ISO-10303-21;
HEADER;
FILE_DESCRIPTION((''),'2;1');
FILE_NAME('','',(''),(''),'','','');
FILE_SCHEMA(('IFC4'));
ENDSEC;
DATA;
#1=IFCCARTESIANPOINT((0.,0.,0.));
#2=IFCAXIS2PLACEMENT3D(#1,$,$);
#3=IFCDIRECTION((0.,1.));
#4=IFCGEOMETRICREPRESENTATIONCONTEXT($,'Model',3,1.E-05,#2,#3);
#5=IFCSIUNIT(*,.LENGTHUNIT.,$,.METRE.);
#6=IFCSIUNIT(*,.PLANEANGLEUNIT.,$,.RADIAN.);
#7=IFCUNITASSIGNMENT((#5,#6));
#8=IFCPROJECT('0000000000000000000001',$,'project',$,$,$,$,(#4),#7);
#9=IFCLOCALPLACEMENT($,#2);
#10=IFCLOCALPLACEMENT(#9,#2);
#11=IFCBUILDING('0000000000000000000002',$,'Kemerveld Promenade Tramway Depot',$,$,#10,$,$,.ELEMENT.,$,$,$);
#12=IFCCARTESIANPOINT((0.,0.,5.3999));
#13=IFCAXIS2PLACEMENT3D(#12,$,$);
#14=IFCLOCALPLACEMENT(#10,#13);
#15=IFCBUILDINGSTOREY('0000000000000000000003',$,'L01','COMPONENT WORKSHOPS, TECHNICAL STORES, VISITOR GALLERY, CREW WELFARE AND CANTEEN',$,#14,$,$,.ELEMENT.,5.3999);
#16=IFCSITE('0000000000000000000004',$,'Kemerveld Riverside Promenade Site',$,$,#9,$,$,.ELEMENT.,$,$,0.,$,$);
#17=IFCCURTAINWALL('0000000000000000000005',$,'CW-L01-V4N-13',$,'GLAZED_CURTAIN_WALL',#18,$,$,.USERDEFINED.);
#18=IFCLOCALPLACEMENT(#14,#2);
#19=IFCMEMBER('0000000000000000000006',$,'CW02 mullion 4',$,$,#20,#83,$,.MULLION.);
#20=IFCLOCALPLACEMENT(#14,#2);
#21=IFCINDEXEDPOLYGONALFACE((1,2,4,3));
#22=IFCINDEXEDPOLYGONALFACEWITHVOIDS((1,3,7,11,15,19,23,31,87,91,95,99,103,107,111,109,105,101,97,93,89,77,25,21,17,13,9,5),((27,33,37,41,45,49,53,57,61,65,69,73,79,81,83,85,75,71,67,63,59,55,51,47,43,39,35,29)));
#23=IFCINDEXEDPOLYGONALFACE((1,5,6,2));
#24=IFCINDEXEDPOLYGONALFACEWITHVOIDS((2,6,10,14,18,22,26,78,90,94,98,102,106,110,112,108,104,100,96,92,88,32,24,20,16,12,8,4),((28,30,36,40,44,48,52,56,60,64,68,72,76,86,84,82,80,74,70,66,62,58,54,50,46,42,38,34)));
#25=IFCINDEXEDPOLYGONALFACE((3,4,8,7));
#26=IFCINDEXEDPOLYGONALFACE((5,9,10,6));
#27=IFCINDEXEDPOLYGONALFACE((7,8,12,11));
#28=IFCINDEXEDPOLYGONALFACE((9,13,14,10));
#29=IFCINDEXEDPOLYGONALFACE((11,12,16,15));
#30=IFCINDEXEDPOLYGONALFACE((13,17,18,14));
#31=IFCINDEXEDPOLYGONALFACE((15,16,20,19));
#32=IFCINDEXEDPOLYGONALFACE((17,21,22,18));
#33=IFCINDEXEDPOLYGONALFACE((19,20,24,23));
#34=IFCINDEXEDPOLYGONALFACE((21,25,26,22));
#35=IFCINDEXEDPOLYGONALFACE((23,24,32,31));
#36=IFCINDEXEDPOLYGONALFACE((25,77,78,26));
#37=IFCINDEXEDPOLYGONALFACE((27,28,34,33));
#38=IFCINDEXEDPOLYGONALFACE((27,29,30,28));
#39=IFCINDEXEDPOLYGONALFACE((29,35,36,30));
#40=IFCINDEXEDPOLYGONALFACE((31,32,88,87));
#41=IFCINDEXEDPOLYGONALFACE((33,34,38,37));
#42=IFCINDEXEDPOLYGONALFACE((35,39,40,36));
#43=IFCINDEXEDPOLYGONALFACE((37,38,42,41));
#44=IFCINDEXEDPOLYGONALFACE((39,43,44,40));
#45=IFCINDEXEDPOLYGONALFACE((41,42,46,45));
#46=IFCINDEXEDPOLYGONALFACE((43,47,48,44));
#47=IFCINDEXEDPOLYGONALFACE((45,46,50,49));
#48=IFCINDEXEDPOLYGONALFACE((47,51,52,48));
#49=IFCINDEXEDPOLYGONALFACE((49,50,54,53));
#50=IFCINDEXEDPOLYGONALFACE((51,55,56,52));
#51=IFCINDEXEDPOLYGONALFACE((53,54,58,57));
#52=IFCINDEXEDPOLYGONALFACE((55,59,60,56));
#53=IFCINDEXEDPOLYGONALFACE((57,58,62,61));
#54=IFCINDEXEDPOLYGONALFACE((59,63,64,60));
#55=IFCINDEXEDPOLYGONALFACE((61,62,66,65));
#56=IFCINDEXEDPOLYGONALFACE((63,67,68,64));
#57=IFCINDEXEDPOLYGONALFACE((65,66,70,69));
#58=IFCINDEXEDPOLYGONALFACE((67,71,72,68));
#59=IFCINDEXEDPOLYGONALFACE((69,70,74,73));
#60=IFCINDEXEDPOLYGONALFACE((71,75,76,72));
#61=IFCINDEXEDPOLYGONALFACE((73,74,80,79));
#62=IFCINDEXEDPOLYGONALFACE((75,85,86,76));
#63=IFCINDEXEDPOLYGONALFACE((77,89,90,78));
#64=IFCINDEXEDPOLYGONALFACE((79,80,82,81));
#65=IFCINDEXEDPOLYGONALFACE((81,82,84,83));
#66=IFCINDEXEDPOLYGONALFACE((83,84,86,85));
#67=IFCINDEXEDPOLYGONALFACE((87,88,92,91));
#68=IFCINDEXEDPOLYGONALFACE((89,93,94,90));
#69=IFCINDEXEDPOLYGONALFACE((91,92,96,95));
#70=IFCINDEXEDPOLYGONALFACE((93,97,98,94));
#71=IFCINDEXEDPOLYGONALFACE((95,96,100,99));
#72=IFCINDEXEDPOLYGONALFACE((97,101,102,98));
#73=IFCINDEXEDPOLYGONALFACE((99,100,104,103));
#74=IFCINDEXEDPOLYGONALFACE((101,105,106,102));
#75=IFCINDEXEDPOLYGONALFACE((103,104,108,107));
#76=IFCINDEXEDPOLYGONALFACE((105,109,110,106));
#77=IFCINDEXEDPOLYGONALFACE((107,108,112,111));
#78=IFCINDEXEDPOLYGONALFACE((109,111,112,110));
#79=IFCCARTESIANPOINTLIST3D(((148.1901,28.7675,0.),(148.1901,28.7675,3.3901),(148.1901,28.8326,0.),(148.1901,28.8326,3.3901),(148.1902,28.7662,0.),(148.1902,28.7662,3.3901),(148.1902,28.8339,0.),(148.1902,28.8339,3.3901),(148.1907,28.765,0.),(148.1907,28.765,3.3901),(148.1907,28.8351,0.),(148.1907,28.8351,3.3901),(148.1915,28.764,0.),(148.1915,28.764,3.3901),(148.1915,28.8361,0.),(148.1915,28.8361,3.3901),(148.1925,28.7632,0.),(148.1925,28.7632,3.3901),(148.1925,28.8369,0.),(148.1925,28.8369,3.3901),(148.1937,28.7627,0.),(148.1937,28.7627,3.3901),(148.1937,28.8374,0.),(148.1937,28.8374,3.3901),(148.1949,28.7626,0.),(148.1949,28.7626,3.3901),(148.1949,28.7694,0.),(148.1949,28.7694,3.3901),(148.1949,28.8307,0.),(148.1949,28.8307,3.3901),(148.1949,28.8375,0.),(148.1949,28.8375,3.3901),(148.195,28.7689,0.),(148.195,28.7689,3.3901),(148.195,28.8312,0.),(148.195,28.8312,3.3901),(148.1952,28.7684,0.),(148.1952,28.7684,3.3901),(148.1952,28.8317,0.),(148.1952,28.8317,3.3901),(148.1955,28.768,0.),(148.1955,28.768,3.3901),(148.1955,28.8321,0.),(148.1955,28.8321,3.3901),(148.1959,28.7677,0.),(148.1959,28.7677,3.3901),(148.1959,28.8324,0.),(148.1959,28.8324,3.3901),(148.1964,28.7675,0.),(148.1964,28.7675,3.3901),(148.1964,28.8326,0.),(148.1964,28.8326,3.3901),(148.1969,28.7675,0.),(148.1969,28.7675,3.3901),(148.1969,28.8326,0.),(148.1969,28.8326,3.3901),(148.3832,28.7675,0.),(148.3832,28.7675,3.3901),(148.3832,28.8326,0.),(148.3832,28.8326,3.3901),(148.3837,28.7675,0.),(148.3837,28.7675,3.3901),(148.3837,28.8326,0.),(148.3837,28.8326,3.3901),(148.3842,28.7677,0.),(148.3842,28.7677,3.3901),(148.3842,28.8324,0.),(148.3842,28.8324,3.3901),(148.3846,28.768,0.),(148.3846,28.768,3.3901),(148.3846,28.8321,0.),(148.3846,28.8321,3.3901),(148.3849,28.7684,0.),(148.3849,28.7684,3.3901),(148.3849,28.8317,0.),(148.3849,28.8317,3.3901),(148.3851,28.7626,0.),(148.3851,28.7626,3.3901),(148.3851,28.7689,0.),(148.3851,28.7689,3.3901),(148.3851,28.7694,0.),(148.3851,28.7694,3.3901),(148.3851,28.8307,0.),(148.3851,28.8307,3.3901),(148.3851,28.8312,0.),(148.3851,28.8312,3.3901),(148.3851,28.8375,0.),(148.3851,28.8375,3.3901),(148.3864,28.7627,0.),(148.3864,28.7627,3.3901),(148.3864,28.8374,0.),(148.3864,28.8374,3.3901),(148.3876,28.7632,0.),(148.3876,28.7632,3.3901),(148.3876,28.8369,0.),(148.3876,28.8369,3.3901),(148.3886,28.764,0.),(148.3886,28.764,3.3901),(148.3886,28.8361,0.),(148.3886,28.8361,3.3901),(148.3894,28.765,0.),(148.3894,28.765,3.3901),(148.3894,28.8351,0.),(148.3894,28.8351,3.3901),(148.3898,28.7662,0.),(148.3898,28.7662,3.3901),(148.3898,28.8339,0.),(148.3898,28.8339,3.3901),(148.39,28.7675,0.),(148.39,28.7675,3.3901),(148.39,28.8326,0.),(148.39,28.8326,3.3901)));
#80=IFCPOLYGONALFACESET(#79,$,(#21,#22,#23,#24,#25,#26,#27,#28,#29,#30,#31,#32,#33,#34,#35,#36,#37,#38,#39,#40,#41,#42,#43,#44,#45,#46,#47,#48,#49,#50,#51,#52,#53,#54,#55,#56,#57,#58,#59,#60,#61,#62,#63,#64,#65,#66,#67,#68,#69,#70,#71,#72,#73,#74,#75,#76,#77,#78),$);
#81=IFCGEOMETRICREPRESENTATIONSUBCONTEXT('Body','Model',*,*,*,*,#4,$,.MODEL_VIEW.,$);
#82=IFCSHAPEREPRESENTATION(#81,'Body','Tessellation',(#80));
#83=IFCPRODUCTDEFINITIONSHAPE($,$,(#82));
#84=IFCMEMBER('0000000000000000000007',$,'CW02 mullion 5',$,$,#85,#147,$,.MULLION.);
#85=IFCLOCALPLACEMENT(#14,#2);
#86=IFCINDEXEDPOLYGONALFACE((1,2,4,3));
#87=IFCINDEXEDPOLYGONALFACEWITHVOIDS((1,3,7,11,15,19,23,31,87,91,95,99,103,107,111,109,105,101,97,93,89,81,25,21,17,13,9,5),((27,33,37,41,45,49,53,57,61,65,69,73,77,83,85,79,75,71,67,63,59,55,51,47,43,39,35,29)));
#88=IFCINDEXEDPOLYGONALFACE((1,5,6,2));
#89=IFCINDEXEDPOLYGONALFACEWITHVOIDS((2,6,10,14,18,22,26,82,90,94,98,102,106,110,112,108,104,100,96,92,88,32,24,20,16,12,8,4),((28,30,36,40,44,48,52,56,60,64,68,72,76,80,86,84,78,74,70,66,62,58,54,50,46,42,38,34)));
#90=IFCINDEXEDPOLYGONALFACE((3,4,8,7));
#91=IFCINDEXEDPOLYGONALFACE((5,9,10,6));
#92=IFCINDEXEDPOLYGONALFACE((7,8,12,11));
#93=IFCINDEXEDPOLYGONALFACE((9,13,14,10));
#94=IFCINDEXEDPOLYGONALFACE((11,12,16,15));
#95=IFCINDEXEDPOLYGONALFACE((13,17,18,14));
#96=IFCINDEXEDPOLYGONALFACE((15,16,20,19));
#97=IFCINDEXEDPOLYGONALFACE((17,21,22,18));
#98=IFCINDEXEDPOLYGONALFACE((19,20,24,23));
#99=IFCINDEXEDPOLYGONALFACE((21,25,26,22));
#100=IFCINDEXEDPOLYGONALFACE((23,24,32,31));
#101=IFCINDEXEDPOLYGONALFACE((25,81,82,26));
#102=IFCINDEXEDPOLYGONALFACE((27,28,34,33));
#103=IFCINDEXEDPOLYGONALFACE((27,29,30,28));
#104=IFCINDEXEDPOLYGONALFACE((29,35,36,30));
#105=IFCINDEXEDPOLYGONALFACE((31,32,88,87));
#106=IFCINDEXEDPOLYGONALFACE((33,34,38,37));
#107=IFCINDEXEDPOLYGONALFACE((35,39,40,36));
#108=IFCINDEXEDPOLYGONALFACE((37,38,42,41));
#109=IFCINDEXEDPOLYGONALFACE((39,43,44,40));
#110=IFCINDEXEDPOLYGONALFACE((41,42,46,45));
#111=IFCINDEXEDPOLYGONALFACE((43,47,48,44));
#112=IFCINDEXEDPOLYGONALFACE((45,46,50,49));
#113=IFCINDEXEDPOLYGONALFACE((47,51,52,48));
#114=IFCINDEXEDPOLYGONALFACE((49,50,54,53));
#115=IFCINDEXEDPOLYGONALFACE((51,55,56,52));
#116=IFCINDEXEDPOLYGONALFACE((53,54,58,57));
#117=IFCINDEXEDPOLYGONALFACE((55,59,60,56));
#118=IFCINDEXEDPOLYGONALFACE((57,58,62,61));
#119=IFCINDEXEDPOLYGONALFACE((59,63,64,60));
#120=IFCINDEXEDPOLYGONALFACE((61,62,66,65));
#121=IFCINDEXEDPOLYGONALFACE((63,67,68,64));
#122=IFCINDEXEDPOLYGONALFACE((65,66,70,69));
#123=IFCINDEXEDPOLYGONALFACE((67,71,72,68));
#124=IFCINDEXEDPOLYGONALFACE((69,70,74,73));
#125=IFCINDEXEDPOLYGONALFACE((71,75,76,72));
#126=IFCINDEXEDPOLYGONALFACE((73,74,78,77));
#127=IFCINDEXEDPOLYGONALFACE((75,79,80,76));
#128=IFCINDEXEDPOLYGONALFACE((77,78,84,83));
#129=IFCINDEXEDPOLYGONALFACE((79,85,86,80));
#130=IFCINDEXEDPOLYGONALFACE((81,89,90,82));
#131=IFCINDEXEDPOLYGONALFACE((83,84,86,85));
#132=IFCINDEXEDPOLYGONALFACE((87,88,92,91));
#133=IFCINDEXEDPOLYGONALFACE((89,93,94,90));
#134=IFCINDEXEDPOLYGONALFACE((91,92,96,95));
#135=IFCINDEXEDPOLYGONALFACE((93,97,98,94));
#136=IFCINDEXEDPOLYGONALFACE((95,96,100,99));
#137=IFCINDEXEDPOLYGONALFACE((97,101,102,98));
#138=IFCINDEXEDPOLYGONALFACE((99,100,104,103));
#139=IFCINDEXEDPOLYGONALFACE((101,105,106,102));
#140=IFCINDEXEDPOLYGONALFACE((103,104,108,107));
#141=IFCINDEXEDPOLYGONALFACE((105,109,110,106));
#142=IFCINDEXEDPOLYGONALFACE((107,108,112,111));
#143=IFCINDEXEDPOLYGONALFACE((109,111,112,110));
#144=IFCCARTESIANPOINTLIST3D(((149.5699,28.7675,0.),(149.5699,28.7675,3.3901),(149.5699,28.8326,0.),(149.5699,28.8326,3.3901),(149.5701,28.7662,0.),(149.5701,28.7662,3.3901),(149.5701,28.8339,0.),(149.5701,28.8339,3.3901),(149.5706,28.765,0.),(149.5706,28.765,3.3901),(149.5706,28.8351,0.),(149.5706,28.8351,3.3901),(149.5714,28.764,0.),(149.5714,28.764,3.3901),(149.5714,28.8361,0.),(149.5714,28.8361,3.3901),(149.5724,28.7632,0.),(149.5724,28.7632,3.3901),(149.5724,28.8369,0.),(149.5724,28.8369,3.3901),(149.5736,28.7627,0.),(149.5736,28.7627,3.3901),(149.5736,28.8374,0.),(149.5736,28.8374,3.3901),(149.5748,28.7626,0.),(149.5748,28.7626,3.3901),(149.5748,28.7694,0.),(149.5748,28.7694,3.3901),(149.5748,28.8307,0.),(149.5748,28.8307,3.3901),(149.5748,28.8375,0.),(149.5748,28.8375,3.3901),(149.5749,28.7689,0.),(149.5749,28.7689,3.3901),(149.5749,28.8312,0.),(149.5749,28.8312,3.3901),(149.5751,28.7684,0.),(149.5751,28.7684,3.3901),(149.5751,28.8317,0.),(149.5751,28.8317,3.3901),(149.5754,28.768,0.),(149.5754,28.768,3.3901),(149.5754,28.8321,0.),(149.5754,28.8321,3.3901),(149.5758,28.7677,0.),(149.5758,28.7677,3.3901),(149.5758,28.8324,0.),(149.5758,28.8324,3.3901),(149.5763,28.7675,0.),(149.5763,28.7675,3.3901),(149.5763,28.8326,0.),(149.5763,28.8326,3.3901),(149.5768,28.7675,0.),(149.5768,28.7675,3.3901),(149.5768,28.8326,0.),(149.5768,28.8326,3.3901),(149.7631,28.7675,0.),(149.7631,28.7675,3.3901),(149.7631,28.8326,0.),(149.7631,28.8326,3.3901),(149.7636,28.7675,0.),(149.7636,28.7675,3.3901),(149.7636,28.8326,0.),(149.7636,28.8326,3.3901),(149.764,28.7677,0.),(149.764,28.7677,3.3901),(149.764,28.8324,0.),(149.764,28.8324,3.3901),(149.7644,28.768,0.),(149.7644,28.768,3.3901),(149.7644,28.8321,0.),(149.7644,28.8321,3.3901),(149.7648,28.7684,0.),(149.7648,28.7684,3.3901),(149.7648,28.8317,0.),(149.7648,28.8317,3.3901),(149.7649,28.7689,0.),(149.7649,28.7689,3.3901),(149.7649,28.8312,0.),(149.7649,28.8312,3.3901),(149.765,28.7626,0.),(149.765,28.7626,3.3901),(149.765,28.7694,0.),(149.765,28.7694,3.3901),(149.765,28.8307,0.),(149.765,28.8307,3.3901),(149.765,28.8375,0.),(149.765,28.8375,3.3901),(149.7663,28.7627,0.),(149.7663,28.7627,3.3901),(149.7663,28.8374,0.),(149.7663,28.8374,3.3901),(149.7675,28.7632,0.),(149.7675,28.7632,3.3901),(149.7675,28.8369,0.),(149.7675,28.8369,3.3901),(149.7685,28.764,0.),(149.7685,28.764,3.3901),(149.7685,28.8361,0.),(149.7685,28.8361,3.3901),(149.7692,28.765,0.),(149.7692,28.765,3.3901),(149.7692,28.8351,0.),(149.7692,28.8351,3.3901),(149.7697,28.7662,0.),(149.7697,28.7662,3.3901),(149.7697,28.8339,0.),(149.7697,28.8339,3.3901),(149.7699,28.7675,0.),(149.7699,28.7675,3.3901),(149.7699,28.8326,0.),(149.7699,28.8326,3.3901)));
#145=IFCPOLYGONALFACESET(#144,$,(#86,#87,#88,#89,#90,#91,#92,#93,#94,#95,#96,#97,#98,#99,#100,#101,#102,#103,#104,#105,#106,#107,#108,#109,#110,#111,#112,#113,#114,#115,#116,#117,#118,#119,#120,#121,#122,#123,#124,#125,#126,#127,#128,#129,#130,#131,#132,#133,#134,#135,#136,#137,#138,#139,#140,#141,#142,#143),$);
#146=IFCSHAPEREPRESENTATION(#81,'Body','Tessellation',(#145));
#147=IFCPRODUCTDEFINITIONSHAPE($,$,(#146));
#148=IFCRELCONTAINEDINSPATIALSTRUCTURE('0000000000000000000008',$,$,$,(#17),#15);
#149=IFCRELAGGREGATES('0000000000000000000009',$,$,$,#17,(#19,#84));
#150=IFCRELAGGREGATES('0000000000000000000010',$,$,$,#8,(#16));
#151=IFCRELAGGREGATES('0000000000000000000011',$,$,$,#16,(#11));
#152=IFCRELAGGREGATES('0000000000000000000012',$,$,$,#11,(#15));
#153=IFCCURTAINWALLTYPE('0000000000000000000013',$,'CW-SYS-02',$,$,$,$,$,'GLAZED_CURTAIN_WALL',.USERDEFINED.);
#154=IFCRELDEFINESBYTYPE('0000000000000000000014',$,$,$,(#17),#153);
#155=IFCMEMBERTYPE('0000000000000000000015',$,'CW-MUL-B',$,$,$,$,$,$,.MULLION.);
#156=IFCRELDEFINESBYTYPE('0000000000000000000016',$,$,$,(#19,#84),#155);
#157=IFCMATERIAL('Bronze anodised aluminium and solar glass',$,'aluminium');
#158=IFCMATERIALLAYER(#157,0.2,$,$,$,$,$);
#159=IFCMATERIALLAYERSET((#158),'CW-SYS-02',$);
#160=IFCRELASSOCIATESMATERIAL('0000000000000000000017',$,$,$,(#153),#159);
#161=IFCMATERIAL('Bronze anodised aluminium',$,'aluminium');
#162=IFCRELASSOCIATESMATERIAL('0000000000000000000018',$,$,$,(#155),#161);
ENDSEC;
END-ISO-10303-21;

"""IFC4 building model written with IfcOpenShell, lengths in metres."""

from ifc_helpers import new_model, si_unit, direction, frame, origin, origin_2d, place, context, subcontext, project, spatial, hollow_rectangle, extrude, material, layer, layer_set, material_profile, profile_set, type_object, element, aggregate, save


model = new_model("IFC4")

# Units and contexts
model_context = context("Model", 3, precision=1e-05, world=origin(), true_north=direction((0.0, 1.0)))
body_context = subcontext(model_context, "Body", "Model", "MODEL_VIEW")
ifc_project = project(units=[si_unit("LENGTHUNIT", "METRE"), si_unit("PLANEANGLEUNIT", "RADIAN")], contexts=[model_context])

# Site, building, storey
site_placement = place(None, origin())
site = spatial("IfcSite", under=ifc_project, at=site_placement, Name="Kemerveld Riverside Promenade Site", CompositionType="ELEMENT", RefElevation=0.0)
building_placement = place(site_placement, origin())
building = spatial("IfcBuilding", under=site, at=building_placement, Name="Kemerveld Promenade Tramway Depot", CompositionType="ELEMENT")
storey_placement = place(building_placement, frame((0.0, 0.0, 5.3999)))
storey = spatial("IfcBuildingStorey", under=building, at=storey_placement, Name="L01", Description="COMPONENT WORKSHOPS, TECHNICAL STORES, VISITOR GALLERY, CREW WELFARE AND CANTEEN", CompositionType="ELEMENT", Elevation=5.3999)

# Curtain wall, members
ifc_material_1 = material(Name="Bronze anodised aluminium and solar glass", Category="aluminium")
ifc_layer_1 = layer(ifc_material_1, 0.2)
ifc_layer_set_1 = layer_set([ifc_layer_1], Name="CW-SYS-02")
curtain_wall_type = type_object("IfcCurtainWallType", Name="CW-SYS-02", ElementType="GLAZED_CURTAIN_WALL", PredefinedType="USERDEFINED", material=ifc_layer_set_1)
curtain_wall_placement = place(storey_placement, origin())
curtain_wall = element("IfcCurtainWall", 1, at=curtain_wall_placement, inside=storey, type_object=curtain_wall_type, Name="CW-L01-V4N-13", ObjectType="GLAZED_CURTAIN_WALL", PredefinedType="USERDEFINED")
ifc_material_2 = material(Name="Bronze anodised aluminium", Category="aluminium")
ifc_material_profile_1 = material_profile(ifc_material_2, hollow_rectangle(XDim=0.075, YDim=0.2, WallThickness=0.0049, InnerFilletRadius=0.002, OuterFilletRadius=0.0049, at=origin_2d()), Name="CW-MUL-200x75")
ifc_profile_set_1 = profile_set([ifc_material_profile_1], Name="Bronze anodised aluminium")
member_type_1 = type_object("IfcMemberType", Name="CW-MUL-B", PredefinedType="MULLION", material=ifc_profile_set_1)
member_1_placement = place(storey_placement, frame((148.29, 28.8, 0.0), z_axis=(0.0, 0.0, 1.0), x_axis=(0.0, 1.0, 0.0)))
member_1 = element("IfcMember", 2, at=member_1_placement, type_object=member_type_1, Name="CW02 mullion 4", PredefinedType="MULLION", context=body_context, shape_type="SweptSolid", body=[
    extrude(hollow_rectangle(XDim=0.075, YDim=0.2, WallThickness=0.0049, InnerFilletRadius=0.002, OuterFilletRadius=0.0049, at=origin_2d()), origin(), (0.0, 0.0, 1.0), 3.3901),
])
member_2_placement = place(storey_placement, frame((149.6699, 28.8, 0.0), z_axis=(0.0, 0.0, 1.0), x_axis=(0.0, 1.0, 0.0)))
member_2 = element("IfcMember", 3, at=member_2_placement, type_object=member_type_1, Name="CW02 mullion 5", PredefinedType="MULLION", context=body_context, shape_type="SweptSolid", body=[
    extrude(hollow_rectangle(XDim=0.075, YDim=0.2, WallThickness=0.0049, InnerFilletRadius=0.002, OuterFilletRadius=0.0049, at=origin_2d()), origin(), (0.0, 0.0, 1.0), 3.3901),
])
aggregate(curtain_wall, [member_1, member_2])

save(model, "model.ifc")
